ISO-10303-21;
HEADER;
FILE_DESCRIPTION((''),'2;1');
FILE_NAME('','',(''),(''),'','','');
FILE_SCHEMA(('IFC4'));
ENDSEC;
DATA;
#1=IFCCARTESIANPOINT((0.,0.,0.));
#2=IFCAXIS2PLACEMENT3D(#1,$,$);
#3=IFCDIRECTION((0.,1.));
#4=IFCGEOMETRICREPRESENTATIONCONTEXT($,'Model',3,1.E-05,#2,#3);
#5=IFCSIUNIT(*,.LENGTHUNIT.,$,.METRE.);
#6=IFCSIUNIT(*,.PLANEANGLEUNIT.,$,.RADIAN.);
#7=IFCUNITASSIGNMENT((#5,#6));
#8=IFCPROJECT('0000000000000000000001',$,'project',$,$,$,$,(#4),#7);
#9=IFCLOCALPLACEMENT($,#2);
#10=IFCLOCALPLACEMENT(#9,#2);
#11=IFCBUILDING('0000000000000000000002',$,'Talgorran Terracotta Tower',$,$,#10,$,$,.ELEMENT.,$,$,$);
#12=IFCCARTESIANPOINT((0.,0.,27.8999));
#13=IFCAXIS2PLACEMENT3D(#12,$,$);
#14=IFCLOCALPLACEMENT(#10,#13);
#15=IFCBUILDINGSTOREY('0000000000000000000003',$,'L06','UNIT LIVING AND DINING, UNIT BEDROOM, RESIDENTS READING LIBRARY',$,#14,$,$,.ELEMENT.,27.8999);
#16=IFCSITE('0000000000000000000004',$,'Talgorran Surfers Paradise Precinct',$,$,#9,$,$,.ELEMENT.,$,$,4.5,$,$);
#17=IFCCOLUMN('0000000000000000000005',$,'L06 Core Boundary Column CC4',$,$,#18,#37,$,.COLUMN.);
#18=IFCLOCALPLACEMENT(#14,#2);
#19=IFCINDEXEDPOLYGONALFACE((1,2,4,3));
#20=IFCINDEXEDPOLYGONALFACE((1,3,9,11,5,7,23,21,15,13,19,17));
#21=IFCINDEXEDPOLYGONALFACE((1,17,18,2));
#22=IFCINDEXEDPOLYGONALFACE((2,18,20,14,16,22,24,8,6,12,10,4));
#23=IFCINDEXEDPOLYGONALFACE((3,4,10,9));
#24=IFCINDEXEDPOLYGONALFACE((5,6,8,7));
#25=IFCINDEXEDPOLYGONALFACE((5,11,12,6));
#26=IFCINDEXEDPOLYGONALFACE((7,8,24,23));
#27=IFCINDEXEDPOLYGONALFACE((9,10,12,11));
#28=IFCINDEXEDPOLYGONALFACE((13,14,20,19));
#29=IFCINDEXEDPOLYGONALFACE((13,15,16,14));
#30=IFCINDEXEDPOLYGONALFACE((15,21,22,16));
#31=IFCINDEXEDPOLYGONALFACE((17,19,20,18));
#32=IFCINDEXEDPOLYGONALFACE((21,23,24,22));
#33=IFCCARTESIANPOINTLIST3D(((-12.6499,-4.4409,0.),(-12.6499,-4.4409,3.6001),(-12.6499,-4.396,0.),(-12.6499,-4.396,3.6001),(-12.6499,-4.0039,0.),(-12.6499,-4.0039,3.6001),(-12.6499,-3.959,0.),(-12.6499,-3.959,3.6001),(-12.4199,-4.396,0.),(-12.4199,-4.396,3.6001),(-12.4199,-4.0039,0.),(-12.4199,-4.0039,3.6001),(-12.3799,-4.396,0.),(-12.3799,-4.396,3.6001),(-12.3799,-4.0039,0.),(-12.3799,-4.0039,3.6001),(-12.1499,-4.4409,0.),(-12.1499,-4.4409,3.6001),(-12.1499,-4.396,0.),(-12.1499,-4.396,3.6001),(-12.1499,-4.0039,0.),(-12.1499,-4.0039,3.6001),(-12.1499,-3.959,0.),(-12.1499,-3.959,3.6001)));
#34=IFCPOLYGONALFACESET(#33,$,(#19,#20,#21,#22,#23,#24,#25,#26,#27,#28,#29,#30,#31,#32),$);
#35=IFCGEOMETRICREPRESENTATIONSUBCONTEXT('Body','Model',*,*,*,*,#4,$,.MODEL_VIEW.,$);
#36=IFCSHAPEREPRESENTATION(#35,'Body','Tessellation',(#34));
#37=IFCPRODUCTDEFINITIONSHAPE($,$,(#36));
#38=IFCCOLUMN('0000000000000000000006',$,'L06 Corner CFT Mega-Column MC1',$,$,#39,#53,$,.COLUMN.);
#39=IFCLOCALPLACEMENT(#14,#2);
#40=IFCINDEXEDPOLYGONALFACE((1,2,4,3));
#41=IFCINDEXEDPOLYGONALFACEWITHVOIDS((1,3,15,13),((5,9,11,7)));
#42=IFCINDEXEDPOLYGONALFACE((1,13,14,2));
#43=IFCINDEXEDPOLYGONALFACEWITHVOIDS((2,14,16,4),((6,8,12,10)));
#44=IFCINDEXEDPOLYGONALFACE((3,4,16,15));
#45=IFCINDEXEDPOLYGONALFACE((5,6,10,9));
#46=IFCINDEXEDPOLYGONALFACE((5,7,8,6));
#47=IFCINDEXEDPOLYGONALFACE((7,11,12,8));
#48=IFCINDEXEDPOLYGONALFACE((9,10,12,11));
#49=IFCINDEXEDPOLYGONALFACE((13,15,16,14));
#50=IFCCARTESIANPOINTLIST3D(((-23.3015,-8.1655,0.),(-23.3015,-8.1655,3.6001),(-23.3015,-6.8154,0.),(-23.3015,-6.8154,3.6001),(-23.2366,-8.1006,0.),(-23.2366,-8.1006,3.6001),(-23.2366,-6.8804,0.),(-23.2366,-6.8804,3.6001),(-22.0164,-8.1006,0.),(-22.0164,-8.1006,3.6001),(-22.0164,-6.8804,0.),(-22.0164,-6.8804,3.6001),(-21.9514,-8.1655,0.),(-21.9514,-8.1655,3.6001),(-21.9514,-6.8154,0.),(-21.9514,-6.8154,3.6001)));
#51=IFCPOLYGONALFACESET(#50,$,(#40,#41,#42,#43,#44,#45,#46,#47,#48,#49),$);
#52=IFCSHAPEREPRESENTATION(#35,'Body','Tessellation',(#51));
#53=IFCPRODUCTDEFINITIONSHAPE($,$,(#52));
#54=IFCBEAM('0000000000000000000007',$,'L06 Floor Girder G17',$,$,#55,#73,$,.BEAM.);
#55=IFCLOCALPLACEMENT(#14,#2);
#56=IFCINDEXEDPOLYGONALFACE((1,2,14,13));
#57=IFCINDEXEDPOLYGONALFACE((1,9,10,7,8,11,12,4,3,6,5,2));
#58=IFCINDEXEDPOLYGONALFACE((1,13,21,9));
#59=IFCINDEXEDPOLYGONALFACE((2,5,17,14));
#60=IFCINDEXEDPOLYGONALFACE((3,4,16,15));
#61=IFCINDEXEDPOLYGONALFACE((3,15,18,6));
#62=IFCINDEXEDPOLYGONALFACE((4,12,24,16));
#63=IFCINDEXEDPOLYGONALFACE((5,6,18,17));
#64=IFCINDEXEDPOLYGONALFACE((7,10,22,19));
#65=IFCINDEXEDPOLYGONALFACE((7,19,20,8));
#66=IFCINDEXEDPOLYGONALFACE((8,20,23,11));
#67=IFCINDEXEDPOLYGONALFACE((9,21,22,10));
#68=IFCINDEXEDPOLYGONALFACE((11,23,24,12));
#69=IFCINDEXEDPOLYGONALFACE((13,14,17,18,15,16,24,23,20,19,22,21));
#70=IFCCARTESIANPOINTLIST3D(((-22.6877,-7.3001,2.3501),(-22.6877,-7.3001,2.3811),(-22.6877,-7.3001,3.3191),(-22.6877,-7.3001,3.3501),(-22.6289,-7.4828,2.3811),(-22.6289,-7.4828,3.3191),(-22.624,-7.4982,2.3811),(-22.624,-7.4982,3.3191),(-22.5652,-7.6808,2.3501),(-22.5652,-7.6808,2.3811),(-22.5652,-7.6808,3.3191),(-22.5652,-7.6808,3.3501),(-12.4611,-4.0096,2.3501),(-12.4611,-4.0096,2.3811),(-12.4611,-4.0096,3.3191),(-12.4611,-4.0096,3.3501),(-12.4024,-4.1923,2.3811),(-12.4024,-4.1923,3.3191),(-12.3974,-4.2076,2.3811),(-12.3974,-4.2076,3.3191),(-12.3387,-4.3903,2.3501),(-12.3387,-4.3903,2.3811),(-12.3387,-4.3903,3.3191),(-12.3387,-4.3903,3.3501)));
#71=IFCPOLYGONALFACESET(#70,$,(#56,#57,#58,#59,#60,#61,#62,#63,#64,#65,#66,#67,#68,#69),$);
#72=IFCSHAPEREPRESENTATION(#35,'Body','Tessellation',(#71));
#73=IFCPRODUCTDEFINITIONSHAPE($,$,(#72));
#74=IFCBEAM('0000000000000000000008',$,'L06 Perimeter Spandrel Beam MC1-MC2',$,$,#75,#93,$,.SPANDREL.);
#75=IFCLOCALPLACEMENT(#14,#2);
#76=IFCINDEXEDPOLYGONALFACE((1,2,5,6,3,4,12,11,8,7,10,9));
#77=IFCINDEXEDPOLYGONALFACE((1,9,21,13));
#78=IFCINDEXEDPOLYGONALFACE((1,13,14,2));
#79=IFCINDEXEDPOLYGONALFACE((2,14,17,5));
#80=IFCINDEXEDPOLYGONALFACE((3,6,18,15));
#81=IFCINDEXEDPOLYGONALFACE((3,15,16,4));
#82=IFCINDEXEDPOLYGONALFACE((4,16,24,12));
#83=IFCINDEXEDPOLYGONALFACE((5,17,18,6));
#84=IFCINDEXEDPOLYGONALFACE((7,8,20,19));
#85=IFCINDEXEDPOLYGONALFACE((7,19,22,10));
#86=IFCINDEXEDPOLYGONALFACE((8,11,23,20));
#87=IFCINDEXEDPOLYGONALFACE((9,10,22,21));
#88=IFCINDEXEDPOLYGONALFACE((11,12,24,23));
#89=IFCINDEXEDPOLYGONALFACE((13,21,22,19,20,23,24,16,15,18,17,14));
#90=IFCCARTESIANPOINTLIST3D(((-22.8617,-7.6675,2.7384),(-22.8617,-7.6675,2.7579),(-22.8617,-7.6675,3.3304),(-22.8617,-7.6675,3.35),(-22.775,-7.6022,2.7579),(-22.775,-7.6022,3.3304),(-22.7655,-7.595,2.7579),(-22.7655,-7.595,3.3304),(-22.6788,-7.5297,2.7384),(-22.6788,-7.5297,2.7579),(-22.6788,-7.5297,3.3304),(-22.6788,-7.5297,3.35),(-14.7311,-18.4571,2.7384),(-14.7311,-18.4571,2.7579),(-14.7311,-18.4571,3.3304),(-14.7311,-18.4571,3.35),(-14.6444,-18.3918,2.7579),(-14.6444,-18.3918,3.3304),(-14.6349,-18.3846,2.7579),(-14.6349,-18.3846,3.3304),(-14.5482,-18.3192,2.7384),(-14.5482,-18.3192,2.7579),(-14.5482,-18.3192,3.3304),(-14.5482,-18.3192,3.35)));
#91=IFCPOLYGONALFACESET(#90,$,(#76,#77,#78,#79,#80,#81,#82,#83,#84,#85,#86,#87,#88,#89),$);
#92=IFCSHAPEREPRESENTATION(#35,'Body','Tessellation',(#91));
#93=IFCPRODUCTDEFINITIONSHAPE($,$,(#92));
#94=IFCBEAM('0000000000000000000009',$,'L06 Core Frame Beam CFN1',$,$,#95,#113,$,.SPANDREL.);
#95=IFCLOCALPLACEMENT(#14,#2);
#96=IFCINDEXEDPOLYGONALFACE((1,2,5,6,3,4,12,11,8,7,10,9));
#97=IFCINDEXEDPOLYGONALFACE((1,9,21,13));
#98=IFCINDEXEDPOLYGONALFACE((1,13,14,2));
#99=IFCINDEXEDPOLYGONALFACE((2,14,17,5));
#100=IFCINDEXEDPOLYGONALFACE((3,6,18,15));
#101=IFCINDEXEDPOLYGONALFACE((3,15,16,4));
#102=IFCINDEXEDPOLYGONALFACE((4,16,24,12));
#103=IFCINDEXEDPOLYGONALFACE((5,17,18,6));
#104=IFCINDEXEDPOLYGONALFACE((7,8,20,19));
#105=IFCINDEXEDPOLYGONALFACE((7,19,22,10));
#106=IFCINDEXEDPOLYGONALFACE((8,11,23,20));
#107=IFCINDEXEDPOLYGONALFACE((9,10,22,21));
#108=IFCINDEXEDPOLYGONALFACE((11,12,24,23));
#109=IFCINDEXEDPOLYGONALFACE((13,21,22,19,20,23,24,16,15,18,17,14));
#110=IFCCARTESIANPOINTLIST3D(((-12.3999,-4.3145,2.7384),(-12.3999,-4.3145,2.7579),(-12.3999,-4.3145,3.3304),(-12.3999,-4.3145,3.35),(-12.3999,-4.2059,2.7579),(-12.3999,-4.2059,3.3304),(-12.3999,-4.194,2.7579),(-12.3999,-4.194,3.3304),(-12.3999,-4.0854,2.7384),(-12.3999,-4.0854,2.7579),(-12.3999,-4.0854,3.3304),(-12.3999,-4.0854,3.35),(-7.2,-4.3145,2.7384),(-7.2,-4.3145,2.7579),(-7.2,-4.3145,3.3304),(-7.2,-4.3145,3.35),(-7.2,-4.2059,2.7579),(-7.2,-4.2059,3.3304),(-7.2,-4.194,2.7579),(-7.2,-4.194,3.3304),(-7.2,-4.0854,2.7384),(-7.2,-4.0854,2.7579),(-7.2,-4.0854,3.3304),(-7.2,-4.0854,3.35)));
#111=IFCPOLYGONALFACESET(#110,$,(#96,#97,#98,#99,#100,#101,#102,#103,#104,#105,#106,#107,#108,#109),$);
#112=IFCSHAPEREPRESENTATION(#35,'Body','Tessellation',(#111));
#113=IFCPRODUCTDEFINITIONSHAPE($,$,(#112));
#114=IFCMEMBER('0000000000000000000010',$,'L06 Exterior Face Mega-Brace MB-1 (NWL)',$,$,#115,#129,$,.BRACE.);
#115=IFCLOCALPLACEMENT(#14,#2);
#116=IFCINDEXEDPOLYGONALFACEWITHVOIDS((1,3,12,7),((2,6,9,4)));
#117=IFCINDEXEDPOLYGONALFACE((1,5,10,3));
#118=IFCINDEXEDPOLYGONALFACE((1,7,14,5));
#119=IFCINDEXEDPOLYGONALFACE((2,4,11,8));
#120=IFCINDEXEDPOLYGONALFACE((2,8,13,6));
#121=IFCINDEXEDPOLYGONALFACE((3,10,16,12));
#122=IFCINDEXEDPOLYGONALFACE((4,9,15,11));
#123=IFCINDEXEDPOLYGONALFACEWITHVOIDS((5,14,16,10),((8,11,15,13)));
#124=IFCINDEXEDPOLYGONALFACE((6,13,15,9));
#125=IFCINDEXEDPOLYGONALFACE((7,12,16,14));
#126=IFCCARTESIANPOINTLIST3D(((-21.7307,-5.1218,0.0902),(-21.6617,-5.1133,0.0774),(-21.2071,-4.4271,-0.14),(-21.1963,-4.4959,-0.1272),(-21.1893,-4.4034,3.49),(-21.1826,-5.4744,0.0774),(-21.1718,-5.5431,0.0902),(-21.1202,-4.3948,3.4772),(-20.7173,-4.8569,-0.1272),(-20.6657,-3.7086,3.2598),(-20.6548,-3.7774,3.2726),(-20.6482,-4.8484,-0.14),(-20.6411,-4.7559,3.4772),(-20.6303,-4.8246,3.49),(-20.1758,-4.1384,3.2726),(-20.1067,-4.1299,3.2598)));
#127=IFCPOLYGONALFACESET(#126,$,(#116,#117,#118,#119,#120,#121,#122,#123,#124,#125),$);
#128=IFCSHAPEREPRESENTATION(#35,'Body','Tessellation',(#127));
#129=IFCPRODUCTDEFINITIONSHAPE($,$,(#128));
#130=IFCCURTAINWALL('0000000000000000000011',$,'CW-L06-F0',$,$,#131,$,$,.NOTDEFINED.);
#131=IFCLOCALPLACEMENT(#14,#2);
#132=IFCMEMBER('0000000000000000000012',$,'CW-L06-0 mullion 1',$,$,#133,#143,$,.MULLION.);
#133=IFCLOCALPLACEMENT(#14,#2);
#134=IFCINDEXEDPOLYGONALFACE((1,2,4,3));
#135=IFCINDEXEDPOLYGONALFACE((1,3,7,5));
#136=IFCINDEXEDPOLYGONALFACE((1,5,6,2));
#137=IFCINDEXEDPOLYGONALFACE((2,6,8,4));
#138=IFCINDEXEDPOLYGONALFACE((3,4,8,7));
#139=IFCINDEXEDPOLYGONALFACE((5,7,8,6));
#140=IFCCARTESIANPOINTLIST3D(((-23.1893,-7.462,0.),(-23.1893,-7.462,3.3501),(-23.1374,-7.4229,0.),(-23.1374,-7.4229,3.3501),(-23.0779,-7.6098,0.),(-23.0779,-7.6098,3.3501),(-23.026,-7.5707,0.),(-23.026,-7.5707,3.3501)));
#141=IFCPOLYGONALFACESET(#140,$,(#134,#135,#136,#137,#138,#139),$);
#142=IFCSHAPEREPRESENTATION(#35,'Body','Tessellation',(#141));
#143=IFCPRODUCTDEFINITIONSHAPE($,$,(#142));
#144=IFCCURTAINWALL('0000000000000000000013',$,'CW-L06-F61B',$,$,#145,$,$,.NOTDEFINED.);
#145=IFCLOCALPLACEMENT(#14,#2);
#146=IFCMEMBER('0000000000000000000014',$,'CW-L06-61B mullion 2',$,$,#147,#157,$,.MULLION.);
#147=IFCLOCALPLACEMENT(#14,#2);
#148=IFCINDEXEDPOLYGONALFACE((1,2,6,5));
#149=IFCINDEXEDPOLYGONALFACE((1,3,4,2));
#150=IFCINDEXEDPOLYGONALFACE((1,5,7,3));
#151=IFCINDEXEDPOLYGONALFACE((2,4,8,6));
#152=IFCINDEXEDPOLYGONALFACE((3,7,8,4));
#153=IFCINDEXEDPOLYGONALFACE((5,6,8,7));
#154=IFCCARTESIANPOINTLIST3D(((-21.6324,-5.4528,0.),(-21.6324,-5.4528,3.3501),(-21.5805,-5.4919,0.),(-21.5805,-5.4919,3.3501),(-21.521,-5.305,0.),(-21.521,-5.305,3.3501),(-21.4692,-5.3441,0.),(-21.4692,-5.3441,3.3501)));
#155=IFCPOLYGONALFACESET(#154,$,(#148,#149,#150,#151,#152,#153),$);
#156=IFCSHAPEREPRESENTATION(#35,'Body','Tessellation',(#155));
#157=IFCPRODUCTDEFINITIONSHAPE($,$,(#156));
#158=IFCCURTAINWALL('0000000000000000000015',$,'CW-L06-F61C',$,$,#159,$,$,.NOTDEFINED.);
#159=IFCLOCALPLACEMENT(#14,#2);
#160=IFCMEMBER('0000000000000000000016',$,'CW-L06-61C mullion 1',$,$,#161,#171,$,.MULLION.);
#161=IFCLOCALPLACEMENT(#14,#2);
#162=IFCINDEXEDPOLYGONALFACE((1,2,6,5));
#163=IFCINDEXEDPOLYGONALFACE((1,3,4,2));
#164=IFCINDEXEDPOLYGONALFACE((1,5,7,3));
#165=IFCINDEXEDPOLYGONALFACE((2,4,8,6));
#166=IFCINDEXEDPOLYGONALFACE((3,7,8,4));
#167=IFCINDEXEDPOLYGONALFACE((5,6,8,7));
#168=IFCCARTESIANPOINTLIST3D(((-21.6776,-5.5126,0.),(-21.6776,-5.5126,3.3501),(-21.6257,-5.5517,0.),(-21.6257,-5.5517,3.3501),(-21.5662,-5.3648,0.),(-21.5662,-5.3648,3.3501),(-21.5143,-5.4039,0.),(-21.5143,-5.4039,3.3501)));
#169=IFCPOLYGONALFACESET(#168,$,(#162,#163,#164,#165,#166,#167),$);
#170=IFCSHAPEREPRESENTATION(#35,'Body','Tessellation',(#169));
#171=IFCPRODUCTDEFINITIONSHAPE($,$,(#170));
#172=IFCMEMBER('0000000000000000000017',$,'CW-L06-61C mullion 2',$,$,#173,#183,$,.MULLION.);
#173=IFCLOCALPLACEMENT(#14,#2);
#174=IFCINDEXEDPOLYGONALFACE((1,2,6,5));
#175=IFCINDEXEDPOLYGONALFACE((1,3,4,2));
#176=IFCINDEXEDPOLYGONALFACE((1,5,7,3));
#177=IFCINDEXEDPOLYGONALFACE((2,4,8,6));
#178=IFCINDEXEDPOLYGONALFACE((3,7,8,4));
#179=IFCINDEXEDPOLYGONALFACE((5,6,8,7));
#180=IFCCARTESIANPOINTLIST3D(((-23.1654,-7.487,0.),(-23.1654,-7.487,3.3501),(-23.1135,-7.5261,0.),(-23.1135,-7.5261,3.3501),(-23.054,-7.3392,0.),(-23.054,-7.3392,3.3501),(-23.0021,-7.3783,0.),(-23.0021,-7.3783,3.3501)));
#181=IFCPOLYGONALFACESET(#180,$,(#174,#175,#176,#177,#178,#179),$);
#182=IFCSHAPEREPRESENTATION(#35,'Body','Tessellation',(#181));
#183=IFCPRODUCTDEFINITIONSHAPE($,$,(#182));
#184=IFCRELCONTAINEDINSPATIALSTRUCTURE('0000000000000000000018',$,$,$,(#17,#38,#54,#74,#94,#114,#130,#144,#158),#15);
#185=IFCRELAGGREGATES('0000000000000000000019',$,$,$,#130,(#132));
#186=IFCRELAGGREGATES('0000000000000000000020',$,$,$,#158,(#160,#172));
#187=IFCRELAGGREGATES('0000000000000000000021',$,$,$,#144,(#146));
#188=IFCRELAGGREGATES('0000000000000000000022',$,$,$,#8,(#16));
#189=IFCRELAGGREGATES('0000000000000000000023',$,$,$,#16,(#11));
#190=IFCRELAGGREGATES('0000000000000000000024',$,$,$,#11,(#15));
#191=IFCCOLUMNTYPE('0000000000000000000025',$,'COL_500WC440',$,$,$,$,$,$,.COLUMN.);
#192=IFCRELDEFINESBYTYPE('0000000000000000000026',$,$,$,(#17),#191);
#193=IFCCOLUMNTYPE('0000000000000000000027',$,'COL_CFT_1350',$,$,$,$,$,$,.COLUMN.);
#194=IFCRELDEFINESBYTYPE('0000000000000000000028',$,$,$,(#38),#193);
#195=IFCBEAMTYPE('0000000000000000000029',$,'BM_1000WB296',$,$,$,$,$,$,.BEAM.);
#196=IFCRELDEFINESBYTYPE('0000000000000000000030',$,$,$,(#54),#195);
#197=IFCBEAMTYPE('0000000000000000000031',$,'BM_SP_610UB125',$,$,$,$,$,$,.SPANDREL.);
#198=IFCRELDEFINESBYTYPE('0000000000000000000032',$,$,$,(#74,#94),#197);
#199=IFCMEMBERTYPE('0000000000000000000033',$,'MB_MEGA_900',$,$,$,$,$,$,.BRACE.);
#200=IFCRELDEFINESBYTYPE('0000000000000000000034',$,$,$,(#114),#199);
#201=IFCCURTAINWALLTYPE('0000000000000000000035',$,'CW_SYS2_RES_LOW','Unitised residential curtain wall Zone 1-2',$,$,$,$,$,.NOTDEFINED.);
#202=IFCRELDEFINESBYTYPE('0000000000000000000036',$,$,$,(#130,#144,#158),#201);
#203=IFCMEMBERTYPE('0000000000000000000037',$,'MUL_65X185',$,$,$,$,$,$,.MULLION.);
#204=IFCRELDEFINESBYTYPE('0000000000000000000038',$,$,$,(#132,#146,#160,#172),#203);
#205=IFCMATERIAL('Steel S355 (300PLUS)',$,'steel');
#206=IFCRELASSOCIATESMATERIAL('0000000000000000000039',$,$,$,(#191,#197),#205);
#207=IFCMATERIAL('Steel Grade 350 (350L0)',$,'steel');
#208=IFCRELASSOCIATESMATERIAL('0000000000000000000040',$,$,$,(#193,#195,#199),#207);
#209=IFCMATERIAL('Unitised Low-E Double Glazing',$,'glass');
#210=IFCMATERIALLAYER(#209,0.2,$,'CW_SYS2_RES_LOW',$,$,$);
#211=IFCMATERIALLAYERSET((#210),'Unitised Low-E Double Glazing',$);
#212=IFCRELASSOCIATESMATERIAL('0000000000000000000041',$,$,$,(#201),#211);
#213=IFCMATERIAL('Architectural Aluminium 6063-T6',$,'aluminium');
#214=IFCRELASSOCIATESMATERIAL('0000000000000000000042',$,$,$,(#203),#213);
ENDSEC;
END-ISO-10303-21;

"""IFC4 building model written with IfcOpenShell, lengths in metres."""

from ifc_helpers import new_model, si_unit, direction, frame, origin, origin_2d, place, context, subcontext, project, spatial, rectangle, hollow_rectangle, i_section, extrude, material, layer, layer_set, material_profile, profile_set, type_object, element, aggregate, save


model = new_model("IFC4")

# Units and contexts
model_context = context("Model", 3, precision=1e-05, world=origin(), true_north=direction((0.0, 1.0)))
body_context = subcontext(model_context, "Body", "Model", "MODEL_VIEW")
ifc_project = project(units=[si_unit("LENGTHUNIT", "METRE"), si_unit("PLANEANGLEUNIT", "RADIAN")], contexts=[model_context])

# Site, building, storey
site_placement = place(None, origin())
site = spatial("IfcSite", under=ifc_project, at=site_placement, Name="Talgorran Surfers Paradise Precinct", CompositionType="ELEMENT", RefElevation=4.5)
building_placement = place(site_placement, origin())
building = spatial("IfcBuilding", under=site, at=building_placement, Name="Talgorran Terracotta Tower", CompositionType="ELEMENT")
storey_placement = place(building_placement, frame((0.0, 0.0, 27.8999)))
storey = spatial("IfcBuildingStorey", under=building, at=storey_placement, Name="L06", Description="UNIT LIVING AND DINING, UNIT BEDROOM, RESIDENTS READING LIBRARY", CompositionType="ELEMENT", Elevation=27.8999)

# Columns
ifc_material_1 = material(Name="Steel S355 (300PLUS)", Category="steel")
ifc_material_profile_1 = material_profile(ifc_material_1, i_section(OverallWidth=0.5, OverallDepth=0.4819, WebThickness=0.04, FlangeThickness=0.0449, at=origin_2d()), Name="500WC440")
ifc_profile_set_1 = profile_set([ifc_material_profile_1], Name="Steel S355 (300PLUS)")
column_type_1 = type_object("IfcColumnType", Name="COL_500WC440", PredefinedType="COLUMN", material=ifc_profile_set_1)
column_1_placement = place(storey_placement, frame((-12.3999, -4.2, 0.0), z_axis=(0.0, 0.0, 1.0), x_axis=(1.0, 0.0, 0.0)))
element("IfcColumn", 1, at=column_1_placement, inside=storey, type_object=column_type_1, Name="L06 Core Boundary Column CC4", PredefinedType="COLUMN", context=body_context, shape_type="SweptSolid", body=[
    extrude(i_section(OverallWidth=0.5, OverallDepth=0.4819, WebThickness=0.04, FlangeThickness=0.0449, at=origin_2d()), origin(), (0.0, 0.0, 1.0), 3.6001),
])
ifc_material_2 = material(Name="Steel Grade 350 (350L0)", Category="steel")
ifc_material_profile_2 = material_profile(ifc_material_2, hollow_rectangle(XDim=1.3501, YDim=1.3501, WallThickness=0.0649, at=origin_2d()), Name="CFT1350X1350X65")
ifc_profile_set_2 = profile_set([ifc_material_profile_2], Name="Steel Grade 350 (350L0)")
column_type_2 = type_object("IfcColumnType", Name="COL_CFT_1350", PredefinedType="COLUMN", material=ifc_profile_set_2)
column_2_placement = place(storey_placement, frame((-22.6265, -7.4905, 0.0), z_axis=(0.0, 0.0, 1.0), x_axis=(1.0, 0.0, 0.0)))
element("IfcColumn", 2, at=column_2_placement, inside=storey, type_object=column_type_2, Name="L06 Corner CFT Mega-Column MC1", PredefinedType="COLUMN", context=body_context, shape_type="SweptSolid", body=[
    extrude(hollow_rectangle(XDim=1.3501, YDim=1.3501, WallThickness=0.0649, at=origin_2d()), origin(), (0.0, 0.0, 1.0), 3.6001),
])

# Beams
ifc_material_profile_3 = material_profile(ifc_material_2, i_section(OverallWidth=0.3999, OverallDepth=1.0, WebThickness=0.0161, FlangeThickness=0.031, at=origin_2d()), Name="1000WB296")
ifc_profile_set_3 = profile_set([ifc_material_profile_3], Name="Steel Grade 350 (350L0)")
beam_type_1 = type_object("IfcBeamType", Name="BM_1000WB296", PredefinedType="BEAM", material=ifc_profile_set_3)
beam_1_placement = place(storey_placement, frame((-12.3999, -4.2, 2.8501), z_axis=(-0.951936, -0.306298, 0.0), x_axis=(0.306298, -0.951936, 0.0)))
element("IfcBeam", 3, at=beam_1_placement, inside=storey, type_object=beam_type_1, Name="L06 Floor Girder G17", PredefinedType="BEAM", context=body_context, shape_type="SweptSolid", body=[
    extrude(i_section(OverallWidth=0.3999, OverallDepth=1.0, WebThickness=0.0161, FlangeThickness=0.031, at=origin_2d()), origin(), (0.0, 0.0, 1.0), 10.7429),
])
ifc_material_profile_4 = material_profile(ifc_material_1, i_section(OverallWidth=0.229, OverallDepth=0.6116, WebThickness=0.012, FlangeThickness=0.0195, at=origin_2d()), Name="610UB125")
ifc_profile_set_4 = profile_set([ifc_material_profile_4], Name="Steel S355 (300PLUS)")
beam_type_2 = type_object("IfcBeamType", Name="BM_SP_610UB125", PredefinedType="SPANDREL", material=ifc_profile_set_4)
beam_2_placement = place(storey_placement, frame((-22.7703, -7.5986, 3.0442), z_axis=(0.60182, -0.798632, 0.0), x_axis=(0.798632, 0.60182, 0.0)))
element("IfcBeam", 4, at=beam_2_placement, inside=storey, type_object=beam_type_2, Name="L06 Perimeter Spandrel Beam MC1-MC2", PredefinedType="SPANDREL", context=body_context, shape_type="SweptSolid", body=[
    extrude(i_section(OverallWidth=0.229, OverallDepth=0.6116, WebThickness=0.012, FlangeThickness=0.0195, at=origin_2d()), origin(), (0.0, 0.0, 1.0), 13.51),
])
beam_3_placement = place(storey_placement, frame((-12.3999, -4.2, 3.0442), z_axis=(1.0, 0.0, 0.0), x_axis=(0.0, 1.0, 0.0)))
element("IfcBeam", 5, at=beam_3_placement, inside=storey, type_object=beam_type_2, Name="L06 Core Frame Beam CFN1", PredefinedType="SPANDREL", context=body_context, shape_type="SweptSolid", body=[
    extrude(i_section(OverallWidth=0.229, OverallDepth=0.6116, WebThickness=0.012, FlangeThickness=0.0195, at=origin_2d()), origin(), (0.0, 0.0, 1.0), 5.2),
])

# Member
ifc_material_profile_5 = material_profile(ifc_material_2, hollow_rectangle(XDim=0.7, YDim=0.8999, WallThickness=0.05, at=origin_2d()), Name="WBOX900X700X50")
ifc_profile_set_5 = profile_set([ifc_material_profile_5], Name="Steel Grade 350 (350L0)")
member_type_1 = type_object("IfcMemberType", Name="MB_MEGA_900", PredefinedType="BRACE", material=ifc_profile_set_5)
member_1_placement = place(storey_placement, frame((-21.1895, -4.9851, -0.0249), z_axis=(0.153971, 0.204299, 0.966724), x_axis=(-0.798598, 0.601865, 0.0)))
element("IfcMember", 6, at=member_1_placement, inside=storey, type_object=member_type_1, Name="L06 Exterior Face Mega-Brace MB-1 (NWL)", PredefinedType="BRACE", context=body_context, shape_type="SweptSolid", body=[
    extrude(hollow_rectangle(XDim=0.7, YDim=0.8999, WallThickness=0.05, at=origin_2d()), origin(), (0.0, 0.0, 1.0), 3.5168),
])

# Curtain walls, members
ifc_material_3 = material(Name="Unitised Low-E Double Glazing", Category="glass")
ifc_layer_1 = layer(ifc_material_3, 0.2, Name="CW_SYS2_RES_LOW")
ifc_layer_set_1 = layer_set([ifc_layer_1], Name="Unitised Low-E Double Glazing")
curtain_wall_type = type_object("IfcCurtainWallType", Name="CW_SYS2_RES_LOW", Description="Unitised residential curtain wall Zone 1-2", PredefinedType="NOTDEFINED", material=ifc_layer_set_1)
curtain_wall_1_placement = place(storey_placement, origin())
curtain_wall_1 = element("IfcCurtainWall", 7, at=curtain_wall_1_placement, inside=storey, type_object=curtain_wall_type, Name="CW-L06-F0", PredefinedType="NOTDEFINED")
ifc_material_4 = material(Name="Architectural Aluminium 6063-T6", Category="aluminium")
ifc_material_profile_6 = material_profile(ifc_material_4, rectangle(XDim=0.0649, YDim=0.1851, at=origin_2d()), Name="CWM65X185")
ifc_profile_set_6 = profile_set([ifc_material_profile_6], Name="Architectural Aluminium 6063-T6")
member_type_2 = type_object("IfcMemberType", Name="MUL_65X185", PredefinedType="MULLION", material=ifc_profile_set_6)
member_2_placement = place(storey_placement, frame((-23.1077, -7.5164, 0.0), z_axis=(0.0, 0.0, 1.0), x_axis=(0.798638, 0.601812, 0.0)))
member_2 = element("IfcMember", 8, at=member_2_placement, type_object=member_type_2, Name="CW-L06-0 mullion 1", PredefinedType="MULLION", context=body_context, shape_type="SweptSolid", body=[
    extrude(rectangle(XDim=0.0649, YDim=0.1851, at=origin_2d()), origin(), (0.0, 0.0, 1.0), 3.3501),
])
curtain_wall_2_placement = place(storey_placement, origin())
curtain_wall_2 = element("IfcCurtainWall", 9, at=curtain_wall_2_placement, inside=storey, type_object=curtain_wall_type, Name="CW-L06-F61B", PredefinedType="NOTDEFINED")
member_3_placement = place(storey_placement, frame((-21.5508, -5.3984, 0.0), z_axis=(0.0, 0.0, 1.0), x_axis=(0.798652, -0.601793, 0.0)))
member_3 = element("IfcMember", 10, at=member_3_placement, type_object=member_type_2, Name="CW-L06-61B mullion 2", PredefinedType="MULLION", context=body_context, shape_type="SweptSolid", body=[
    extrude(rectangle(XDim=0.0649, YDim=0.1851, at=origin_2d()), origin(), (0.0, 0.0, 1.0), 3.3501),
])

# Curtain wall, members
curtain_wall_3_placement = place(storey_placement, origin())
curtain_wall_3 = element("IfcCurtainWall", 11, at=curtain_wall_3_placement, inside=storey, type_object=curtain_wall_type, Name="CW-L06-F61C", PredefinedType="NOTDEFINED")
member_4_placement = place(storey_placement, frame((-21.5959, -5.4583, 0.0), z_axis=(0.0, 0.0, 1.0), x_axis=(0.798645, -0.601802, 0.0)))
member_4 = element("IfcMember", 12, at=member_4_placement, type_object=member_type_2, Name="CW-L06-61C mullion 1", PredefinedType="MULLION", context=body_context, shape_type="SweptSolid", body=[
    extrude(rectangle(XDim=0.0649, YDim=0.1851, at=origin_2d()), origin(), (0.0, 0.0, 1.0), 3.3501),
])
member_5_placement = place(storey_placement, frame((-23.0837, -7.4326, 0.0), z_axis=(0.0, 0.0, 1.0), x_axis=(0.798645, -0.601802, 0.0)))
member_5 = element("IfcMember", 13, at=member_5_placement, type_object=member_type_2, Name="CW-L06-61C mullion 2", PredefinedType="MULLION", context=body_context, shape_type="SweptSolid", body=[
    extrude(rectangle(XDim=0.0649, YDim=0.1851, at=origin_2d()), origin(), (0.0, 0.0, 1.0), 3.3501),
])

aggregate(curtain_wall_1, [member_2])

aggregate(curtain_wall_3, [member_4, member_5])
aggregate(curtain_wall_2, [member_3])

save(model, "model.ifc")
